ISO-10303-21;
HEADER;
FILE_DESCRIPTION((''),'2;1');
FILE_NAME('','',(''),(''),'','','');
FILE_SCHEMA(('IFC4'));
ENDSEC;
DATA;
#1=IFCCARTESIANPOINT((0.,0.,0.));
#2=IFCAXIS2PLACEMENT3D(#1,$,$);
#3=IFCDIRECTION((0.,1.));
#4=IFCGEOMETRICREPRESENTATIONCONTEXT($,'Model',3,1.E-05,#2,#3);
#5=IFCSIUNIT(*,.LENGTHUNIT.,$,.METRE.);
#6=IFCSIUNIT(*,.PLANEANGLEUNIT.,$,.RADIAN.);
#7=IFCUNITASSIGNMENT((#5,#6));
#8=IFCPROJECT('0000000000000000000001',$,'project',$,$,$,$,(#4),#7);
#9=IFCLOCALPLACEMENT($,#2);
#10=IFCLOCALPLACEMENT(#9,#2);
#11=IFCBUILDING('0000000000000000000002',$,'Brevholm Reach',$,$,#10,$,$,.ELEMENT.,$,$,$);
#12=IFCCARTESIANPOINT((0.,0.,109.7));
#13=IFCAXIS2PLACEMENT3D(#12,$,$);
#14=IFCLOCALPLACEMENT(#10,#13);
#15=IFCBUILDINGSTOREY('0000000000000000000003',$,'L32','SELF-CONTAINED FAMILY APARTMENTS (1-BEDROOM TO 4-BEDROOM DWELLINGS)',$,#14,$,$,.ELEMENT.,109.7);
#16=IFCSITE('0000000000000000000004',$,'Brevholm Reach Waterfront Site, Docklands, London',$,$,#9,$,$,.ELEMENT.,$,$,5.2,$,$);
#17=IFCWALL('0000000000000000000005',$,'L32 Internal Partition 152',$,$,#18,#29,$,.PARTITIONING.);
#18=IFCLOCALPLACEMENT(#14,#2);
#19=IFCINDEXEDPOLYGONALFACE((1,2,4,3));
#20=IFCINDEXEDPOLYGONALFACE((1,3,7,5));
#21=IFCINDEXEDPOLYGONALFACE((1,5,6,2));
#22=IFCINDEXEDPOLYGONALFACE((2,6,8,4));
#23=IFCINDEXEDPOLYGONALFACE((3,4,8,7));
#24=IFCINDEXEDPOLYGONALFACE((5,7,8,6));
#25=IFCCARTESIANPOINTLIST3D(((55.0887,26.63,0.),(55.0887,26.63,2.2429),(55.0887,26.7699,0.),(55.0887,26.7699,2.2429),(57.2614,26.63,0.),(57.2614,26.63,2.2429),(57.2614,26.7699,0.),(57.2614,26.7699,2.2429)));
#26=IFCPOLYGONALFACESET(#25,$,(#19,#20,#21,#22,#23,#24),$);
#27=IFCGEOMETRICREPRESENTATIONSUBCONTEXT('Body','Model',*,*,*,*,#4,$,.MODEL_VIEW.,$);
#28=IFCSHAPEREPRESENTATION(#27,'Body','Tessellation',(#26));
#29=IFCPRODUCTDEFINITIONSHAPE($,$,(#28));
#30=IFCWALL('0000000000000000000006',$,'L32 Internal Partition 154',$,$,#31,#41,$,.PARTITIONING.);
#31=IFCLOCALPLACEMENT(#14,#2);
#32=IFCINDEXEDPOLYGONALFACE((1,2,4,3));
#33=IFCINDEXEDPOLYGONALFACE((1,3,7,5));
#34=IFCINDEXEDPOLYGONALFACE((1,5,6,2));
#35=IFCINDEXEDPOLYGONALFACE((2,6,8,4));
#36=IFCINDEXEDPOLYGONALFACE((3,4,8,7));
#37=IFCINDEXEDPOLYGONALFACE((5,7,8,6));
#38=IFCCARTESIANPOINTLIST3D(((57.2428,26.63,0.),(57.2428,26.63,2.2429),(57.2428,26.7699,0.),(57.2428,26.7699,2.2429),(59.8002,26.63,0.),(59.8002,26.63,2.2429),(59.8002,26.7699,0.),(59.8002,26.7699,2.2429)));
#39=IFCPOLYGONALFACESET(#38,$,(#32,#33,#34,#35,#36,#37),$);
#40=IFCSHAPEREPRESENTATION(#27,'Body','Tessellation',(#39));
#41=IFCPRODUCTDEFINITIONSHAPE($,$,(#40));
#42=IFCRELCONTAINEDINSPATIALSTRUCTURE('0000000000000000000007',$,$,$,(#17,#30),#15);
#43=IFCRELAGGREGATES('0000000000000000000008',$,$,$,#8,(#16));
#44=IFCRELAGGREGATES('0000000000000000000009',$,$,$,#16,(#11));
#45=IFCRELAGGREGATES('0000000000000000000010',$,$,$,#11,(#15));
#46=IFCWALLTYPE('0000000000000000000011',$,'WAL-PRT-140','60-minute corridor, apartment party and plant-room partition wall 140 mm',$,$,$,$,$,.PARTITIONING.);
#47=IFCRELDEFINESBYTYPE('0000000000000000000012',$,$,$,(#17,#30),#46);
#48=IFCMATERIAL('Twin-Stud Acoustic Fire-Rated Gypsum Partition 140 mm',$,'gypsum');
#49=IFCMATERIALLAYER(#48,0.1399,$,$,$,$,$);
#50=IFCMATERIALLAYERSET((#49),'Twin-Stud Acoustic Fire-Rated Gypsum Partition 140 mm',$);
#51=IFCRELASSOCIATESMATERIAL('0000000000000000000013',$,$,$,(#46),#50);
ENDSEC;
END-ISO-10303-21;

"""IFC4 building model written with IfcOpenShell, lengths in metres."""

from ifc_helpers import new_model, si_unit, direction, frame, frame_2d, origin, place, context, subcontext, project, spatial, rectangle, extrude, material, layer, layer_set, type_object, element, save


model = new_model("IFC4")

# Units and contexts
model_context = context("Model", 3, precision=1e-05, world=origin(), true_north=direction((0.0, 1.0)))
body_context = subcontext(model_context, "Body", "Model", "MODEL_VIEW")
ifc_project = project(units=[si_unit("LENGTHUNIT", "METRE"), si_unit("PLANEANGLEUNIT", "RADIAN")], contexts=[model_context])

# Site, building, storey
site_placement = place(None, origin())
site = spatial("IfcSite", under=ifc_project, at=site_placement, Name="Brevholm Reach Waterfront Site, Docklands, London", CompositionType="ELEMENT", RefElevation=5.2)
building_placement = place(site_placement, origin())
building = spatial("IfcBuilding", under=site, at=building_placement, Name="Brevholm Reach", CompositionType="ELEMENT")
storey_placement = place(building_placement, frame((0.0, 0.0, 109.7)))
storey = spatial("IfcBuildingStorey", under=building, at=storey_placement, Name="L32", Description="SELF-CONTAINED FAMILY APARTMENTS (1-BEDROOM TO 4-BEDROOM DWELLINGS)", CompositionType="ELEMENT", Elevation=109.7)

# Walls
ifc_material_1 = material(Name="Twin-Stud Acoustic Fire-Rated Gypsum Partition 140 mm", Category="gypsum")
ifc_layer_1 = layer(ifc_material_1, 0.1399)
ifc_layer_set_1 = layer_set([ifc_layer_1], Name="Twin-Stud Acoustic Fire-Rated Gypsum Partition 140 mm")
wall_type_1 = type_object("IfcWallType", Name="WAL-PRT-140", Description="60-minute corridor, apartment party and plant-room partition wall 140 mm", PredefinedType="PARTITIONING", material=ifc_layer_set_1)
wall_1_placement = place(storey_placement, frame((55.0886, 26.7, 0.0), z_axis=(0.0, 0.0, 1.0), x_axis=(1.0, 0.0, 0.0)))
element("IfcWall", 1, at=wall_1_placement, inside=storey, type_object=wall_type_1, Name="L32 Internal Partition 152", PredefinedType="PARTITIONING", context=body_context, shape_type="SweptSolid", body=[
    extrude(rectangle(XDim=2.1726, YDim=0.1399, at=frame_2d((1.0864, 0.0))), origin(), (0.0, 0.0, 1.0), 2.2429),
])
wall_2_placement = place(storey_placement, frame((57.2427, 26.7, 0.0), z_axis=(0.0, 0.0, 1.0), x_axis=(1.0, 0.0, 0.0)))
element("IfcWall", 2, at=wall_2_placement, inside=storey, type_object=wall_type_1, Name="L32 Internal Partition 154", PredefinedType="PARTITIONING", context=body_context, shape_type="SweptSolid", body=[
    extrude(rectangle(XDim=2.5574, YDim=0.1399, at=frame_2d((1.2788, 0.0))), origin(), (0.0, 0.0, 1.0), 2.2429),
])

save(model, "model.ifc")
